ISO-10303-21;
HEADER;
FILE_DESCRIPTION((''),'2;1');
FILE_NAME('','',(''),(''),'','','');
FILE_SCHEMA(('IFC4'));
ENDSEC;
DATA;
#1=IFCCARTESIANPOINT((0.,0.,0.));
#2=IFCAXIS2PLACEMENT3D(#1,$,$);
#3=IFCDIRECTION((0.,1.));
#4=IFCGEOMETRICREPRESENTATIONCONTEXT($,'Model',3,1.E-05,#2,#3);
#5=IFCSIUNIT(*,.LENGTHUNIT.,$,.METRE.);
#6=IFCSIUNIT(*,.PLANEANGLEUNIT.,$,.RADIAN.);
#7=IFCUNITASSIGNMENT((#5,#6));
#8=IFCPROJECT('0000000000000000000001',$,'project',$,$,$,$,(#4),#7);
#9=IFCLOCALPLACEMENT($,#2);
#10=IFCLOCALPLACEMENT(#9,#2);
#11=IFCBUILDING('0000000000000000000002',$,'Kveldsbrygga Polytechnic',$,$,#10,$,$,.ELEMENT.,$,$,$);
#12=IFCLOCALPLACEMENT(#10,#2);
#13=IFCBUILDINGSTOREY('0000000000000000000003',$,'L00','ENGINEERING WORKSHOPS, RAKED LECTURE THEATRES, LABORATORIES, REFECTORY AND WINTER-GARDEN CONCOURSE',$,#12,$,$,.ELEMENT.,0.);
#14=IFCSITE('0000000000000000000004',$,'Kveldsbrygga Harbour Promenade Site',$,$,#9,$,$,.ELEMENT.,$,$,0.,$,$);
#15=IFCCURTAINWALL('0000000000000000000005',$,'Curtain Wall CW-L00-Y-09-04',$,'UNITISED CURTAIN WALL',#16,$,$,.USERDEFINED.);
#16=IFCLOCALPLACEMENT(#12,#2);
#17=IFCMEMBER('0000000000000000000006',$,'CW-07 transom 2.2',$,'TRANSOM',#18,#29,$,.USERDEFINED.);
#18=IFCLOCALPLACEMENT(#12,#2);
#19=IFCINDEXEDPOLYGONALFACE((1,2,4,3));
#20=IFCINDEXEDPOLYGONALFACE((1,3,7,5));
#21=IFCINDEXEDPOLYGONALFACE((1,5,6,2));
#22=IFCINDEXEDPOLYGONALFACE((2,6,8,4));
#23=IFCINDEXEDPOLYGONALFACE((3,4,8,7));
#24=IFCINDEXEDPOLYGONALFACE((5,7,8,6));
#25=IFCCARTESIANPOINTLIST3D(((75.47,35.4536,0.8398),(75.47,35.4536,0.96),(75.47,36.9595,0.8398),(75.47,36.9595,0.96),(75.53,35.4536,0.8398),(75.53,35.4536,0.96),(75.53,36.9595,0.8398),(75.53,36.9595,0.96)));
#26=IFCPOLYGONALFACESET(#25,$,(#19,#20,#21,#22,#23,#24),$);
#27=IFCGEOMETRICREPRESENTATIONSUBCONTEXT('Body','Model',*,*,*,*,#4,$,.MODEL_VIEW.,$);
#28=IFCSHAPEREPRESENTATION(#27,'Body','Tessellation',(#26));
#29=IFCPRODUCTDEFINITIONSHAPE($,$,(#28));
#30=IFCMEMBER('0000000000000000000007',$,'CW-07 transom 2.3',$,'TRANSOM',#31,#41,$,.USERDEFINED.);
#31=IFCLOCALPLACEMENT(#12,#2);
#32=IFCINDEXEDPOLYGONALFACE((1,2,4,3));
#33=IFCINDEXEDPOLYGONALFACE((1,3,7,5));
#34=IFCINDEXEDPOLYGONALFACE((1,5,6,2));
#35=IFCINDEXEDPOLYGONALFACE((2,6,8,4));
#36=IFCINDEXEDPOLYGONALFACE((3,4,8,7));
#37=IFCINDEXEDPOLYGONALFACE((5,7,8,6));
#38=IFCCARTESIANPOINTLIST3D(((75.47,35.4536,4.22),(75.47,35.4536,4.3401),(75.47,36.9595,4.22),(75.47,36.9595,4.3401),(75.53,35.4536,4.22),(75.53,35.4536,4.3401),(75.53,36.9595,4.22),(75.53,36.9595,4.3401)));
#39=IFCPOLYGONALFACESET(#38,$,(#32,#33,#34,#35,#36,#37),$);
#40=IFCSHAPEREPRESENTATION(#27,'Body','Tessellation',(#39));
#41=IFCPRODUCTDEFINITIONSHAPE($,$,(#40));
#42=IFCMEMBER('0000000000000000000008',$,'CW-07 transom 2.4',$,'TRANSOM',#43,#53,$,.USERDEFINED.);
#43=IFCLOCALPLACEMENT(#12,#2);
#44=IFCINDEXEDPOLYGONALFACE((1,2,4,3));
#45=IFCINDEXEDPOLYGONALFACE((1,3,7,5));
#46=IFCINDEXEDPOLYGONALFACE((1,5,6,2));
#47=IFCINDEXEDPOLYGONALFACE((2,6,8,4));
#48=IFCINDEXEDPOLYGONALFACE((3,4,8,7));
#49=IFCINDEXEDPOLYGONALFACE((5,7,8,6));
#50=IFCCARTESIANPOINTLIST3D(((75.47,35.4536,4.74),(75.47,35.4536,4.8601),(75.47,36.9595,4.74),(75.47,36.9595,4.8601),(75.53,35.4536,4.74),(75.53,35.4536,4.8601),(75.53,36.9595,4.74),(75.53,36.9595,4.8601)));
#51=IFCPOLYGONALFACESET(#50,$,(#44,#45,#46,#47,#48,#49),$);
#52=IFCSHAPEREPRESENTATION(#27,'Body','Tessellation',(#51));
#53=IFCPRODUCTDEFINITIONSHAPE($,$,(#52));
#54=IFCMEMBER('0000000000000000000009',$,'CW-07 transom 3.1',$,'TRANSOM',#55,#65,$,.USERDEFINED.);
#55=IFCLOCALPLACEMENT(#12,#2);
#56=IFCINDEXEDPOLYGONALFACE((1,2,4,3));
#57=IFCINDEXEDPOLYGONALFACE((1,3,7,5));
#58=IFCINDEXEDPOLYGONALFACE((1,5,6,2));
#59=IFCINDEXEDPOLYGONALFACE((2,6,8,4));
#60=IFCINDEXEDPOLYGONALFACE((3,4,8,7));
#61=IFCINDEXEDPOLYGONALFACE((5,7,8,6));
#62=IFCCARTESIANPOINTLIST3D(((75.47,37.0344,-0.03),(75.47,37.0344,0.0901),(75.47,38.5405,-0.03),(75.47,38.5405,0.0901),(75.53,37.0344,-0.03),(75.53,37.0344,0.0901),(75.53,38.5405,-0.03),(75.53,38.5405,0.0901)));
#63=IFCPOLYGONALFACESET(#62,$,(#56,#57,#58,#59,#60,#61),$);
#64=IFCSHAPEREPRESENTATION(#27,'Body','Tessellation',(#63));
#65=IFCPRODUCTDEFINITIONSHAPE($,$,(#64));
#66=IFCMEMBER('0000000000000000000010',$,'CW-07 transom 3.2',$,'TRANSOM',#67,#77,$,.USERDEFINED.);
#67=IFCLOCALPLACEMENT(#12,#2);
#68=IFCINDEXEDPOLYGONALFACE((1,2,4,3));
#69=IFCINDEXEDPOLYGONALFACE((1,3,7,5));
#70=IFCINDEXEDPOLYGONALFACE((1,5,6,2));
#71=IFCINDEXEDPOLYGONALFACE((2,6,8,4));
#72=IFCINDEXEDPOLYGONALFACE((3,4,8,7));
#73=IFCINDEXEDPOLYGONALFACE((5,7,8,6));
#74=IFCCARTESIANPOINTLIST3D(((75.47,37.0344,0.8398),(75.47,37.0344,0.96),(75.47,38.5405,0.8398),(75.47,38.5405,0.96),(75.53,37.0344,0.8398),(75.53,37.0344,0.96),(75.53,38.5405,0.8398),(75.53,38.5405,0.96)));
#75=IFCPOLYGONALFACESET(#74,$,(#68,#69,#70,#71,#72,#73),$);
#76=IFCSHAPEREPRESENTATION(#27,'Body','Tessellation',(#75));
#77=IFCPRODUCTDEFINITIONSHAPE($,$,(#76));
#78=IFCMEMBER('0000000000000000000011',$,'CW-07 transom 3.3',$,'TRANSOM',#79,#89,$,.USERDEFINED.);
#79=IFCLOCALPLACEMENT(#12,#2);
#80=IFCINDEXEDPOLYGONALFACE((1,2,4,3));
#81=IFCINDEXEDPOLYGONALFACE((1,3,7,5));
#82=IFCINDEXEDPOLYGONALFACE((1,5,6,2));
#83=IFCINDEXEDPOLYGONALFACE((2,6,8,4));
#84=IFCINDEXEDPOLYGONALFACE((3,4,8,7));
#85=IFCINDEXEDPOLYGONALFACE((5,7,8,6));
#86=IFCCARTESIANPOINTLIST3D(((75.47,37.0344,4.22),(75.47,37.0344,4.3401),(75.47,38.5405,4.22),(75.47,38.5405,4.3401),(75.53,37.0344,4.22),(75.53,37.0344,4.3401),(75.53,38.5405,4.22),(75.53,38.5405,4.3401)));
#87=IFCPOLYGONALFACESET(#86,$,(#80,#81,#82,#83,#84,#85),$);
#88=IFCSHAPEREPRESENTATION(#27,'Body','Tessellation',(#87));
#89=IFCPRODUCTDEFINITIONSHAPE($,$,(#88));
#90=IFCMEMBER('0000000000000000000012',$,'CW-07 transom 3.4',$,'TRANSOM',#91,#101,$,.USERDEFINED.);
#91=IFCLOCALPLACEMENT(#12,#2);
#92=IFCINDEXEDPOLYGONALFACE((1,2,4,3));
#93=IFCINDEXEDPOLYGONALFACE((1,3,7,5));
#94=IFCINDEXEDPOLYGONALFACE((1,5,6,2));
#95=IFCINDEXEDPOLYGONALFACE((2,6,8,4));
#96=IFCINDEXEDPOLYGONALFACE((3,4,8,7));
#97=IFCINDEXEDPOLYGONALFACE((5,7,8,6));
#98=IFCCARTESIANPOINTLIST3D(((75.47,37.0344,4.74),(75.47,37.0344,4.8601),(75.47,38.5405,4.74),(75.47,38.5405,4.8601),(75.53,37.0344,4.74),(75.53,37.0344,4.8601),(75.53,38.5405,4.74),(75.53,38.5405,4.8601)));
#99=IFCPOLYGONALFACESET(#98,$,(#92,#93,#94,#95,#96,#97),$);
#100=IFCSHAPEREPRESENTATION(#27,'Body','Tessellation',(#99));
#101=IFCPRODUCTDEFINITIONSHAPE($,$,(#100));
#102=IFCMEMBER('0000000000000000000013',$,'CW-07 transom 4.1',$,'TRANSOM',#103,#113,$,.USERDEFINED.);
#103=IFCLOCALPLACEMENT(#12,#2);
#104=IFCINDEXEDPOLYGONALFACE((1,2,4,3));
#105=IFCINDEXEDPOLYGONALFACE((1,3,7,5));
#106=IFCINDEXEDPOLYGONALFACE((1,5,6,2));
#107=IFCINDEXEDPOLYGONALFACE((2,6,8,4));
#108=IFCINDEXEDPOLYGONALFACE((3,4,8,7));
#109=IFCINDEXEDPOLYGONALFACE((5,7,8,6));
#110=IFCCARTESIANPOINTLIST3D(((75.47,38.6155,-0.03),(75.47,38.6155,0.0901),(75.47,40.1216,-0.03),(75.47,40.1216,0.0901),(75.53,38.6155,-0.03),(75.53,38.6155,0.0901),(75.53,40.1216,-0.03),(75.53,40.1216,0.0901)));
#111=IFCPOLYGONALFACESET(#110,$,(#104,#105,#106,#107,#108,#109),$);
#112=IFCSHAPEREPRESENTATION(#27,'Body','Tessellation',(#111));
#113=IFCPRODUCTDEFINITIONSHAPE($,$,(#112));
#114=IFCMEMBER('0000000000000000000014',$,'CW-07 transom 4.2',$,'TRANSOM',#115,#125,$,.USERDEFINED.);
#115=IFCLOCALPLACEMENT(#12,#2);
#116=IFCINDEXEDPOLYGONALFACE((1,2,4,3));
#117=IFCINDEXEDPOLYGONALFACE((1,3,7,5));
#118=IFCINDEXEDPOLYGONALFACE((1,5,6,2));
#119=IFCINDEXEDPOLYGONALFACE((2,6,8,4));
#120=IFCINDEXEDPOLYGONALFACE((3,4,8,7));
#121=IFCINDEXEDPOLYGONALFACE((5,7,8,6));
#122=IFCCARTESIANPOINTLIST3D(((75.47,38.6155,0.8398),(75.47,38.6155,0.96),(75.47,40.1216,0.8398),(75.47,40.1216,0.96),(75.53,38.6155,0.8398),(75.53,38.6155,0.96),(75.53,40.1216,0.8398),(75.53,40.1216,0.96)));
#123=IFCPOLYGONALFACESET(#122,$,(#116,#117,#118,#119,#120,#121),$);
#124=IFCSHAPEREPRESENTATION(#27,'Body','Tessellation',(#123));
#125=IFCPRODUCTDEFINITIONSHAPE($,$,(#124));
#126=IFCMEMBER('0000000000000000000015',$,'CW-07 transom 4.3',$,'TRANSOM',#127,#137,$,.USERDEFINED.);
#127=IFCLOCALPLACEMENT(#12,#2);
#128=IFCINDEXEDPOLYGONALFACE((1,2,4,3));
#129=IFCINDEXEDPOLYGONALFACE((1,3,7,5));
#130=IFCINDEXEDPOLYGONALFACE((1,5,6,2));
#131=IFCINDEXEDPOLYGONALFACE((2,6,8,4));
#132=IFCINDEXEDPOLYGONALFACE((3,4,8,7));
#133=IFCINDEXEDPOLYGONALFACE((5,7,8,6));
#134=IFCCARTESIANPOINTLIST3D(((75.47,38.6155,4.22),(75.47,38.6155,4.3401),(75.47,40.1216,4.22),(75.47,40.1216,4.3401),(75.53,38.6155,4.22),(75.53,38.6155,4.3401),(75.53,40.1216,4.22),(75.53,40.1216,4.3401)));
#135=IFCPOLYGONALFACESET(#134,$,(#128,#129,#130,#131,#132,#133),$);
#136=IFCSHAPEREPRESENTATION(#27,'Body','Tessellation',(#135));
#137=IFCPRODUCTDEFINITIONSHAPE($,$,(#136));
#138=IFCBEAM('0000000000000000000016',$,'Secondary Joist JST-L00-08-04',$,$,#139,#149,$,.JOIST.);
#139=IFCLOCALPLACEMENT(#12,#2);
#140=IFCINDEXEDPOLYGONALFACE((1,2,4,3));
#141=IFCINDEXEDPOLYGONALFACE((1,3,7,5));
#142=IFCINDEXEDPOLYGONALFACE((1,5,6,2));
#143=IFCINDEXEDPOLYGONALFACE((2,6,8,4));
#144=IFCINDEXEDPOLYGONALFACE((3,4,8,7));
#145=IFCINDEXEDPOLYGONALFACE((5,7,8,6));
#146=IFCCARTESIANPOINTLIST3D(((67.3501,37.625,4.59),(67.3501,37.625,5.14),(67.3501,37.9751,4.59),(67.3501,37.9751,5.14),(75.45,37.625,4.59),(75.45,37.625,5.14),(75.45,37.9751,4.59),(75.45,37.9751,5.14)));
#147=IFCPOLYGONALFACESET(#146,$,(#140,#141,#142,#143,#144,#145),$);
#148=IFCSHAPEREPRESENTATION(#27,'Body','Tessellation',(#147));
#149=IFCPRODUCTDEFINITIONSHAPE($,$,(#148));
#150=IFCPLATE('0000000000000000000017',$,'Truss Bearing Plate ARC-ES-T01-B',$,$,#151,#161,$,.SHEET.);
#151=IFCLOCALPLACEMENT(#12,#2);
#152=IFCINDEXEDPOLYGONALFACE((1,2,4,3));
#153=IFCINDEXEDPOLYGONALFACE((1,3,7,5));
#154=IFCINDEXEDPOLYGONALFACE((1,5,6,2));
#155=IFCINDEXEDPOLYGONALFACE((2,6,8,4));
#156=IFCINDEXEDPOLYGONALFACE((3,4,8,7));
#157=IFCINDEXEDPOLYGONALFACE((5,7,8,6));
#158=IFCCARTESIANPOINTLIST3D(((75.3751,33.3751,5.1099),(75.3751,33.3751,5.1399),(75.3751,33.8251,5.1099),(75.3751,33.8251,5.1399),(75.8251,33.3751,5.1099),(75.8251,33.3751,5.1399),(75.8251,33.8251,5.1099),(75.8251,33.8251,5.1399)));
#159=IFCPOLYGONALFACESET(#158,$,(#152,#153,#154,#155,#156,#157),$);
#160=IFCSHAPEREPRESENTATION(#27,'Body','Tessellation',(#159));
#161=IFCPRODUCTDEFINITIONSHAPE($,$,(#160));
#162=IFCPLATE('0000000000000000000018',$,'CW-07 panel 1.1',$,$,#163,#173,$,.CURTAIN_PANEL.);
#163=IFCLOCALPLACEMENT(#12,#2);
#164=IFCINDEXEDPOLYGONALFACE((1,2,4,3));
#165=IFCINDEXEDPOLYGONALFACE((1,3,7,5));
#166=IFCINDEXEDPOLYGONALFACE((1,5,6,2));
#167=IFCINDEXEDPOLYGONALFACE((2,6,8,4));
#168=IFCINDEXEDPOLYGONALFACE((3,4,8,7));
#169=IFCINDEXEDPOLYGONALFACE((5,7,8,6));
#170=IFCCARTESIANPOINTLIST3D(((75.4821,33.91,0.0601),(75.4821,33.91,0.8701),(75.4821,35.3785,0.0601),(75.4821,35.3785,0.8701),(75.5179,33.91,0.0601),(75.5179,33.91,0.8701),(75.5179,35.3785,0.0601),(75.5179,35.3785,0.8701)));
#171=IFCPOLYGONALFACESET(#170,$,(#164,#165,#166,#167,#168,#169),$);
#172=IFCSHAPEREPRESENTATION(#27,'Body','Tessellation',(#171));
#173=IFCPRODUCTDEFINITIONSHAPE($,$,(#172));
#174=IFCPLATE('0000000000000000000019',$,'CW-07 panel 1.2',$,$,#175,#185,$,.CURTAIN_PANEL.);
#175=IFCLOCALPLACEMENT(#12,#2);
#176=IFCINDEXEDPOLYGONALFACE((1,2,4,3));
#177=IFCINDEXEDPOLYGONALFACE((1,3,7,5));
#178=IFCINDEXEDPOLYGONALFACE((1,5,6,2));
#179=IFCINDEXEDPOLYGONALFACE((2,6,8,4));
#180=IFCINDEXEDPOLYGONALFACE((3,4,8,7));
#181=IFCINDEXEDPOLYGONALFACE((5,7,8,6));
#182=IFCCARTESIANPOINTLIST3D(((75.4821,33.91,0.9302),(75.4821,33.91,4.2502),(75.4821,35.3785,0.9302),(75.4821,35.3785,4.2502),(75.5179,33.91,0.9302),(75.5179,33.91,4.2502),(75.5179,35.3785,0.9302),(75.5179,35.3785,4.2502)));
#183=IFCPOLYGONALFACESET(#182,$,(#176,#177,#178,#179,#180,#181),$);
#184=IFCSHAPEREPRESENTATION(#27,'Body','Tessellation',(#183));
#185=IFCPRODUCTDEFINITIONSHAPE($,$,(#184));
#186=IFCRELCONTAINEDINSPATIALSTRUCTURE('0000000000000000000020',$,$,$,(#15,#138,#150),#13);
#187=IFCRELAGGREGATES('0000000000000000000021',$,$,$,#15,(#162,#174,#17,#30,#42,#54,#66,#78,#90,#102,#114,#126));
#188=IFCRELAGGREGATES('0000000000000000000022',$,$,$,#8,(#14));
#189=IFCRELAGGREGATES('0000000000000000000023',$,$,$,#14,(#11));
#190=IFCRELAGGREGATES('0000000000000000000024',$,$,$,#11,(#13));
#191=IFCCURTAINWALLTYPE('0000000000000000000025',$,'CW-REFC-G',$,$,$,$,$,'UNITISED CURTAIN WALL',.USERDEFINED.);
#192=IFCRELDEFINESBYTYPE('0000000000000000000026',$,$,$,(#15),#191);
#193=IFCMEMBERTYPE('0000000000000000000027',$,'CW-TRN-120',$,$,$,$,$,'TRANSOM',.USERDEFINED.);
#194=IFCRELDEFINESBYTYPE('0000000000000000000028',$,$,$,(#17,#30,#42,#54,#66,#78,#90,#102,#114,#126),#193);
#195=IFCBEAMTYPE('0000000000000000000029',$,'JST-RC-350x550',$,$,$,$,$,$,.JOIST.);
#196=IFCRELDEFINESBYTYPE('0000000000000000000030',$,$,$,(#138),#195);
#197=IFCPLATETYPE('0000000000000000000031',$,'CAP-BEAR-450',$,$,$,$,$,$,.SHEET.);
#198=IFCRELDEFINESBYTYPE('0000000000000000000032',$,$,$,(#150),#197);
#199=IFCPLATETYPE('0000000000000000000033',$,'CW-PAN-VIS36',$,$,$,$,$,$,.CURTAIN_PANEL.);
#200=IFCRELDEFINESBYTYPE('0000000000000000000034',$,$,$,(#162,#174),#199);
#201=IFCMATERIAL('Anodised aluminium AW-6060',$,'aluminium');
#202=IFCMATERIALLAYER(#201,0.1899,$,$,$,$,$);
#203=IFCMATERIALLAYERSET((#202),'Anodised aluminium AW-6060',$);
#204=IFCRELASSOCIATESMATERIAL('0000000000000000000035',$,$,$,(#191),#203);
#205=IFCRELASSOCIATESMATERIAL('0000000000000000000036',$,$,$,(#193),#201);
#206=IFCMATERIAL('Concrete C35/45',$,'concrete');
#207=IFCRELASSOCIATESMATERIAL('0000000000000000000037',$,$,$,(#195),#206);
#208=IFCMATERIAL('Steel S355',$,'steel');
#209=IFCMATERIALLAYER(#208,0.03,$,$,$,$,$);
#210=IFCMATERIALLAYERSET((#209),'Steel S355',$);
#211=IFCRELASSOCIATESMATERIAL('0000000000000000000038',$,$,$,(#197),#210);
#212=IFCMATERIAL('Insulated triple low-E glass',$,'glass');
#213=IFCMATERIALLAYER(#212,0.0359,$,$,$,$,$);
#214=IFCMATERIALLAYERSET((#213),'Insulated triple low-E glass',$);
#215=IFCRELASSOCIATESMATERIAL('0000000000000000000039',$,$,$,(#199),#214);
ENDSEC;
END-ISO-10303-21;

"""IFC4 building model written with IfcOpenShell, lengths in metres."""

from ifc_helpers import new_model, si_unit, direction, frame, origin, origin_2d, place, context, subcontext, project, spatial, rectangle, extrude, material, layer, layer_set, material_profile, profile_set, type_object, element, aggregate, save


model = new_model("IFC4")

# Units and contexts
model_context = context("Model", 3, precision=1e-05, world=origin(), true_north=direction((0.0, 1.0)))
body_context = subcontext(model_context, "Body", "Model", "MODEL_VIEW")
ifc_project = project(units=[si_unit("LENGTHUNIT", "METRE"), si_unit("PLANEANGLEUNIT", "RADIAN")], contexts=[model_context])

# Site, building, storey
site_placement = place(None, origin())
site = spatial("IfcSite", under=ifc_project, at=site_placement, Name="Kveldsbrygga Harbour Promenade Site", CompositionType="ELEMENT", RefElevation=0.0)
building_placement = place(site_placement, origin())
building = spatial("IfcBuilding", under=site, at=building_placement, Name="Kveldsbrygga Polytechnic", CompositionType="ELEMENT")
storey_placement = place(building_placement, origin())
storey = spatial("IfcBuildingStorey", under=building, at=storey_placement, Name="L00", Description="ENGINEERING WORKSHOPS, RAKED LECTURE THEATRES, LABORATORIES, REFECTORY AND WINTER-GARDEN CONCOURSE", CompositionType="ELEMENT", Elevation=0.0)

# Shared definitions
ifc_material_1 = material(Name="Steel S355", Category="steel")

# Curtain wall, members
ifc_material_2 = material(Name="Anodised aluminium AW-6060", Category="aluminium")
ifc_layer_1 = layer(ifc_material_2, 0.1899)
ifc_layer_set_1 = layer_set([ifc_layer_1], Name="Anodised aluminium AW-6060")
curtain_wall_type = type_object("IfcCurtainWallType", Name="CW-REFC-G", ElementType="UNITISED CURTAIN WALL", PredefinedType="USERDEFINED", material=ifc_layer_set_1)
curtain_wall_placement = place(storey_placement, origin())
curtain_wall = element("IfcCurtainWall", 1, at=curtain_wall_placement, inside=storey, type_object=curtain_wall_type, Name="Curtain Wall CW-L00-Y-09-04", ObjectType="UNITISED CURTAIN WALL", PredefinedType="USERDEFINED")
ifc_material_profile_1 = material_profile(ifc_material_2, rectangle(XDim=0.0601, YDim=0.1201, at=origin_2d()), Name="ALU 60x120")
ifc_profile_set_1 = profile_set([ifc_material_profile_1], Name="Anodised aluminium AW-6060")
member_type_1 = type_object("IfcMemberType", Name="CW-TRN-120", ElementType="TRANSOM", PredefinedType="USERDEFINED", material=ifc_profile_set_1)
member_1_placement = place(storey_placement, frame((75.5, 35.4536, 0.8999), z_axis=(0.0, 1.0, 0.0), x_axis=(-1.0, 0.0, 0.0)))
member_1 = element("IfcMember", 2, at=member_1_placement, type_object=member_type_1, Name="CW-07 transom 2.2", ObjectType="TRANSOM", PredefinedType="USERDEFINED", context=body_context, shape_type="SweptSolid", body=[
    extrude(rectangle(XDim=0.0601, YDim=0.1201, at=origin_2d()), origin(), (0.0, 0.0, 1.0), 1.5059),
])
member_2_placement = place(storey_placement, frame((75.5, 35.4536, 4.28), z_axis=(0.0, 1.0, 0.0), x_axis=(-1.0, 0.0, 0.0)))
member_2 = element("IfcMember", 3, at=member_2_placement, type_object=member_type_1, Name="CW-07 transom 2.3", ObjectType="TRANSOM", PredefinedType="USERDEFINED", context=body_context, shape_type="SweptSolid", body=[
    extrude(rectangle(XDim=0.0601, YDim=0.1201, at=origin_2d()), origin(), (0.0, 0.0, 1.0), 1.5059),
])
member_3_placement = place(storey_placement, frame((75.5, 35.4536, 4.8), z_axis=(0.0, 1.0, 0.0), x_axis=(-1.0, 0.0, 0.0)))
member_3 = element("IfcMember", 4, at=member_3_placement, type_object=member_type_1, Name="CW-07 transom 2.4", ObjectType="TRANSOM", PredefinedType="USERDEFINED", context=body_context, shape_type="SweptSolid", body=[
    extrude(rectangle(XDim=0.0601, YDim=0.1201, at=origin_2d()), origin(), (0.0, 0.0, 1.0), 1.5059),
])
member_4_placement = place(storey_placement, frame((75.5, 37.0344, 0.03), z_axis=(0.0, 1.0, 0.0), x_axis=(-1.0, 0.0, 0.0)))
member_4 = element("IfcMember", 5, at=member_4_placement, type_object=member_type_1, Name="CW-07 transom 3.1", ObjectType="TRANSOM", PredefinedType="USERDEFINED", context=body_context, shape_type="SweptSolid", body=[
    extrude(rectangle(XDim=0.0601, YDim=0.1201, at=origin_2d()), origin(), (0.0, 0.0, 1.0), 1.5061),
])
member_5_placement = place(storey_placement, frame((75.5, 37.0344, 0.8999), z_axis=(0.0, 1.0, 0.0), x_axis=(-1.0, 0.0, 0.0)))
member_5 = element("IfcMember", 6, at=member_5_placement, type_object=member_type_1, Name="CW-07 transom 3.2", ObjectType="TRANSOM", PredefinedType="USERDEFINED", context=body_context, shape_type="SweptSolid", body=[
    extrude(rectangle(XDim=0.0601, YDim=0.1201, at=origin_2d()), origin(), (0.0, 0.0, 1.0), 1.5061),
])
member_6_placement = place(storey_placement, frame((75.5, 37.0344, 4.28), z_axis=(0.0, 1.0, 0.0), x_axis=(-1.0, 0.0, 0.0)))
member_6 = element("IfcMember", 7, at=member_6_placement, type_object=member_type_1, Name="CW-07 transom 3.3", ObjectType="TRANSOM", PredefinedType="USERDEFINED", context=body_context, shape_type="SweptSolid", body=[
    extrude(rectangle(XDim=0.0601, YDim=0.1201, at=origin_2d()), origin(), (0.0, 0.0, 1.0), 1.5061),
])
member_7_placement = place(storey_placement, frame((75.5, 37.0344, 4.8), z_axis=(0.0, 1.0, 0.0), x_axis=(-1.0, 0.0, 0.0)))
member_7 = element("IfcMember", 8, at=member_7_placement, type_object=member_type_1, Name="CW-07 transom 3.4", ObjectType="TRANSOM", PredefinedType="USERDEFINED", context=body_context, shape_type="SweptSolid", body=[
    extrude(rectangle(XDim=0.0601, YDim=0.1201, at=origin_2d()), origin(), (0.0, 0.0, 1.0), 1.5061),
])
member_8_placement = place(storey_placement, frame((75.5, 38.6155, 0.03), z_axis=(0.0, 1.0, 0.0), x_axis=(-1.0, 0.0, 0.0)))
member_8 = element("IfcMember", 9, at=member_8_placement, type_object=member_type_1, Name="CW-07 transom 4.1", ObjectType="TRANSOM", PredefinedType="USERDEFINED", context=body_context, shape_type="SweptSolid", body=[
    extrude(rectangle(XDim=0.0601, YDim=0.1201, at=origin_2d()), origin(), (0.0, 0.0, 1.0), 1.5061),
])
member_9_placement = place(storey_placement, frame((75.5, 38.6155, 0.8999), z_axis=(0.0, 1.0, 0.0), x_axis=(-1.0, 0.0, 0.0)))
member_9 = element("IfcMember", 10, at=member_9_placement, type_object=member_type_1, Name="CW-07 transom 4.2", ObjectType="TRANSOM", PredefinedType="USERDEFINED", context=body_context, shape_type="SweptSolid", body=[
    extrude(rectangle(XDim=0.0601, YDim=0.1201, at=origin_2d()), origin(), (0.0, 0.0, 1.0), 1.5061),
])
member_10_placement = place(storey_placement, frame((75.5, 38.6155, 4.28), z_axis=(0.0, 1.0, 0.0), x_axis=(-1.0, 0.0, 0.0)))
member_10 = element("IfcMember", 11, at=member_10_placement, type_object=member_type_1, Name="CW-07 transom 4.3", ObjectType="TRANSOM", PredefinedType="USERDEFINED", context=body_context, shape_type="SweptSolid", body=[
    extrude(rectangle(XDim=0.0601, YDim=0.1201, at=origin_2d()), origin(), (0.0, 0.0, 1.0), 1.5061),
])

# Beam
ifc_material_3 = material(Name="Concrete C35/45", Category="concrete")
ifc_material_profile_2 = material_profile(ifc_material_3, rectangle(XDim=0.3501, YDim=0.55, at=origin_2d()), Name="RC 350x550")
ifc_profile_set_2 = profile_set([ifc_material_profile_2], Name="Concrete C35/45")
beam_type_1 = type_object("IfcBeamType", Name="JST-RC-350x550", PredefinedType="JOIST", material=ifc_profile_set_2)
beam_1_placement = place(storey_placement, frame((67.3501, 37.8, 4.865), z_axis=(1.0, 0.0, 0.0), x_axis=(0.0, 1.0, 0.0)))
element("IfcBeam", 12, at=beam_1_placement, inside=storey, type_object=beam_type_1, Name="Secondary Joist JST-L00-08-04", PredefinedType="JOIST", context=body_context, shape_type="SweptSolid", body=[
    extrude(rectangle(XDim=0.3501, YDim=0.55, at=origin_2d()), origin(), (0.0, 0.0, 1.0), 8.0999),
])

# Plates
ifc_layer_2 = layer(ifc_material_1, 0.03)
ifc_layer_set_2 = layer_set([ifc_layer_2], Name="Steel S355")
plate_type_1 = type_object("IfcPlateType", Name="CAP-BEAR-450", PredefinedType="SHEET", material=ifc_layer_set_2)
plate_1_placement = place(storey_placement, frame((75.6001, 33.6001, 5.1099), z_axis=(0.0, 0.0, 1.0), x_axis=(1.0, 0.0, 0.0)))
element("IfcPlate", 13, at=plate_1_placement, inside=storey, type_object=plate_type_1, Name="Truss Bearing Plate ARC-ES-T01-B", PredefinedType="SHEET", context=body_context, shape_type="SweptSolid", body=[
    extrude(rectangle(XDim=0.45, YDim=0.45, at=origin_2d()), origin(), (0.0, 0.0, 1.0), 0.03),
])
ifc_material_4 = material(Name="Insulated triple low-E glass", Category="glass")
ifc_layer_3 = layer(ifc_material_4, 0.0359)
ifc_layer_set_3 = layer_set([ifc_layer_3], Name="Insulated triple low-E glass")
plate_type_2 = type_object("IfcPlateType", Name="CW-PAN-VIS36", PredefinedType="CURTAIN_PANEL", material=ifc_layer_set_3)
plate_2_placement = place(storey_placement, frame((75.5, 34.6443, 0.0601), z_axis=(0.0, 0.0, 1.0), x_axis=(0.0, 1.0, 0.0)))
plate_2 = element("IfcPlate", 14, at=plate_2_placement, type_object=plate_type_2, Name="CW-07 panel 1.1", PredefinedType="CURTAIN_PANEL", context=body_context, shape_type="SweptSolid", body=[
    extrude(rectangle(XDim=1.4685, YDim=0.0359, at=origin_2d()), origin(), (0.0, 0.0, 1.0), 0.8101),
])
plate_3_placement = place(storey_placement, frame((75.5, 34.6443, 0.9302), z_axis=(0.0, 0.0, 1.0), x_axis=(0.0, 1.0, 0.0)))
plate_3 = element("IfcPlate", 15, at=plate_3_placement, type_object=plate_type_2, Name="CW-07 panel 1.2", PredefinedType="CURTAIN_PANEL", context=body_context, shape_type="SweptSolid", body=[
    extrude(rectangle(XDim=1.4685, YDim=0.0359, at=origin_2d()), origin(), (0.0, 0.0, 1.0), 3.3201),
])
aggregate(curtain_wall, [plate_2, plate_3, member_1, member_2, member_3, member_4, member_5, member_6, member_7, member_8, member_9, member_10])

save(model, "model.ifc")
